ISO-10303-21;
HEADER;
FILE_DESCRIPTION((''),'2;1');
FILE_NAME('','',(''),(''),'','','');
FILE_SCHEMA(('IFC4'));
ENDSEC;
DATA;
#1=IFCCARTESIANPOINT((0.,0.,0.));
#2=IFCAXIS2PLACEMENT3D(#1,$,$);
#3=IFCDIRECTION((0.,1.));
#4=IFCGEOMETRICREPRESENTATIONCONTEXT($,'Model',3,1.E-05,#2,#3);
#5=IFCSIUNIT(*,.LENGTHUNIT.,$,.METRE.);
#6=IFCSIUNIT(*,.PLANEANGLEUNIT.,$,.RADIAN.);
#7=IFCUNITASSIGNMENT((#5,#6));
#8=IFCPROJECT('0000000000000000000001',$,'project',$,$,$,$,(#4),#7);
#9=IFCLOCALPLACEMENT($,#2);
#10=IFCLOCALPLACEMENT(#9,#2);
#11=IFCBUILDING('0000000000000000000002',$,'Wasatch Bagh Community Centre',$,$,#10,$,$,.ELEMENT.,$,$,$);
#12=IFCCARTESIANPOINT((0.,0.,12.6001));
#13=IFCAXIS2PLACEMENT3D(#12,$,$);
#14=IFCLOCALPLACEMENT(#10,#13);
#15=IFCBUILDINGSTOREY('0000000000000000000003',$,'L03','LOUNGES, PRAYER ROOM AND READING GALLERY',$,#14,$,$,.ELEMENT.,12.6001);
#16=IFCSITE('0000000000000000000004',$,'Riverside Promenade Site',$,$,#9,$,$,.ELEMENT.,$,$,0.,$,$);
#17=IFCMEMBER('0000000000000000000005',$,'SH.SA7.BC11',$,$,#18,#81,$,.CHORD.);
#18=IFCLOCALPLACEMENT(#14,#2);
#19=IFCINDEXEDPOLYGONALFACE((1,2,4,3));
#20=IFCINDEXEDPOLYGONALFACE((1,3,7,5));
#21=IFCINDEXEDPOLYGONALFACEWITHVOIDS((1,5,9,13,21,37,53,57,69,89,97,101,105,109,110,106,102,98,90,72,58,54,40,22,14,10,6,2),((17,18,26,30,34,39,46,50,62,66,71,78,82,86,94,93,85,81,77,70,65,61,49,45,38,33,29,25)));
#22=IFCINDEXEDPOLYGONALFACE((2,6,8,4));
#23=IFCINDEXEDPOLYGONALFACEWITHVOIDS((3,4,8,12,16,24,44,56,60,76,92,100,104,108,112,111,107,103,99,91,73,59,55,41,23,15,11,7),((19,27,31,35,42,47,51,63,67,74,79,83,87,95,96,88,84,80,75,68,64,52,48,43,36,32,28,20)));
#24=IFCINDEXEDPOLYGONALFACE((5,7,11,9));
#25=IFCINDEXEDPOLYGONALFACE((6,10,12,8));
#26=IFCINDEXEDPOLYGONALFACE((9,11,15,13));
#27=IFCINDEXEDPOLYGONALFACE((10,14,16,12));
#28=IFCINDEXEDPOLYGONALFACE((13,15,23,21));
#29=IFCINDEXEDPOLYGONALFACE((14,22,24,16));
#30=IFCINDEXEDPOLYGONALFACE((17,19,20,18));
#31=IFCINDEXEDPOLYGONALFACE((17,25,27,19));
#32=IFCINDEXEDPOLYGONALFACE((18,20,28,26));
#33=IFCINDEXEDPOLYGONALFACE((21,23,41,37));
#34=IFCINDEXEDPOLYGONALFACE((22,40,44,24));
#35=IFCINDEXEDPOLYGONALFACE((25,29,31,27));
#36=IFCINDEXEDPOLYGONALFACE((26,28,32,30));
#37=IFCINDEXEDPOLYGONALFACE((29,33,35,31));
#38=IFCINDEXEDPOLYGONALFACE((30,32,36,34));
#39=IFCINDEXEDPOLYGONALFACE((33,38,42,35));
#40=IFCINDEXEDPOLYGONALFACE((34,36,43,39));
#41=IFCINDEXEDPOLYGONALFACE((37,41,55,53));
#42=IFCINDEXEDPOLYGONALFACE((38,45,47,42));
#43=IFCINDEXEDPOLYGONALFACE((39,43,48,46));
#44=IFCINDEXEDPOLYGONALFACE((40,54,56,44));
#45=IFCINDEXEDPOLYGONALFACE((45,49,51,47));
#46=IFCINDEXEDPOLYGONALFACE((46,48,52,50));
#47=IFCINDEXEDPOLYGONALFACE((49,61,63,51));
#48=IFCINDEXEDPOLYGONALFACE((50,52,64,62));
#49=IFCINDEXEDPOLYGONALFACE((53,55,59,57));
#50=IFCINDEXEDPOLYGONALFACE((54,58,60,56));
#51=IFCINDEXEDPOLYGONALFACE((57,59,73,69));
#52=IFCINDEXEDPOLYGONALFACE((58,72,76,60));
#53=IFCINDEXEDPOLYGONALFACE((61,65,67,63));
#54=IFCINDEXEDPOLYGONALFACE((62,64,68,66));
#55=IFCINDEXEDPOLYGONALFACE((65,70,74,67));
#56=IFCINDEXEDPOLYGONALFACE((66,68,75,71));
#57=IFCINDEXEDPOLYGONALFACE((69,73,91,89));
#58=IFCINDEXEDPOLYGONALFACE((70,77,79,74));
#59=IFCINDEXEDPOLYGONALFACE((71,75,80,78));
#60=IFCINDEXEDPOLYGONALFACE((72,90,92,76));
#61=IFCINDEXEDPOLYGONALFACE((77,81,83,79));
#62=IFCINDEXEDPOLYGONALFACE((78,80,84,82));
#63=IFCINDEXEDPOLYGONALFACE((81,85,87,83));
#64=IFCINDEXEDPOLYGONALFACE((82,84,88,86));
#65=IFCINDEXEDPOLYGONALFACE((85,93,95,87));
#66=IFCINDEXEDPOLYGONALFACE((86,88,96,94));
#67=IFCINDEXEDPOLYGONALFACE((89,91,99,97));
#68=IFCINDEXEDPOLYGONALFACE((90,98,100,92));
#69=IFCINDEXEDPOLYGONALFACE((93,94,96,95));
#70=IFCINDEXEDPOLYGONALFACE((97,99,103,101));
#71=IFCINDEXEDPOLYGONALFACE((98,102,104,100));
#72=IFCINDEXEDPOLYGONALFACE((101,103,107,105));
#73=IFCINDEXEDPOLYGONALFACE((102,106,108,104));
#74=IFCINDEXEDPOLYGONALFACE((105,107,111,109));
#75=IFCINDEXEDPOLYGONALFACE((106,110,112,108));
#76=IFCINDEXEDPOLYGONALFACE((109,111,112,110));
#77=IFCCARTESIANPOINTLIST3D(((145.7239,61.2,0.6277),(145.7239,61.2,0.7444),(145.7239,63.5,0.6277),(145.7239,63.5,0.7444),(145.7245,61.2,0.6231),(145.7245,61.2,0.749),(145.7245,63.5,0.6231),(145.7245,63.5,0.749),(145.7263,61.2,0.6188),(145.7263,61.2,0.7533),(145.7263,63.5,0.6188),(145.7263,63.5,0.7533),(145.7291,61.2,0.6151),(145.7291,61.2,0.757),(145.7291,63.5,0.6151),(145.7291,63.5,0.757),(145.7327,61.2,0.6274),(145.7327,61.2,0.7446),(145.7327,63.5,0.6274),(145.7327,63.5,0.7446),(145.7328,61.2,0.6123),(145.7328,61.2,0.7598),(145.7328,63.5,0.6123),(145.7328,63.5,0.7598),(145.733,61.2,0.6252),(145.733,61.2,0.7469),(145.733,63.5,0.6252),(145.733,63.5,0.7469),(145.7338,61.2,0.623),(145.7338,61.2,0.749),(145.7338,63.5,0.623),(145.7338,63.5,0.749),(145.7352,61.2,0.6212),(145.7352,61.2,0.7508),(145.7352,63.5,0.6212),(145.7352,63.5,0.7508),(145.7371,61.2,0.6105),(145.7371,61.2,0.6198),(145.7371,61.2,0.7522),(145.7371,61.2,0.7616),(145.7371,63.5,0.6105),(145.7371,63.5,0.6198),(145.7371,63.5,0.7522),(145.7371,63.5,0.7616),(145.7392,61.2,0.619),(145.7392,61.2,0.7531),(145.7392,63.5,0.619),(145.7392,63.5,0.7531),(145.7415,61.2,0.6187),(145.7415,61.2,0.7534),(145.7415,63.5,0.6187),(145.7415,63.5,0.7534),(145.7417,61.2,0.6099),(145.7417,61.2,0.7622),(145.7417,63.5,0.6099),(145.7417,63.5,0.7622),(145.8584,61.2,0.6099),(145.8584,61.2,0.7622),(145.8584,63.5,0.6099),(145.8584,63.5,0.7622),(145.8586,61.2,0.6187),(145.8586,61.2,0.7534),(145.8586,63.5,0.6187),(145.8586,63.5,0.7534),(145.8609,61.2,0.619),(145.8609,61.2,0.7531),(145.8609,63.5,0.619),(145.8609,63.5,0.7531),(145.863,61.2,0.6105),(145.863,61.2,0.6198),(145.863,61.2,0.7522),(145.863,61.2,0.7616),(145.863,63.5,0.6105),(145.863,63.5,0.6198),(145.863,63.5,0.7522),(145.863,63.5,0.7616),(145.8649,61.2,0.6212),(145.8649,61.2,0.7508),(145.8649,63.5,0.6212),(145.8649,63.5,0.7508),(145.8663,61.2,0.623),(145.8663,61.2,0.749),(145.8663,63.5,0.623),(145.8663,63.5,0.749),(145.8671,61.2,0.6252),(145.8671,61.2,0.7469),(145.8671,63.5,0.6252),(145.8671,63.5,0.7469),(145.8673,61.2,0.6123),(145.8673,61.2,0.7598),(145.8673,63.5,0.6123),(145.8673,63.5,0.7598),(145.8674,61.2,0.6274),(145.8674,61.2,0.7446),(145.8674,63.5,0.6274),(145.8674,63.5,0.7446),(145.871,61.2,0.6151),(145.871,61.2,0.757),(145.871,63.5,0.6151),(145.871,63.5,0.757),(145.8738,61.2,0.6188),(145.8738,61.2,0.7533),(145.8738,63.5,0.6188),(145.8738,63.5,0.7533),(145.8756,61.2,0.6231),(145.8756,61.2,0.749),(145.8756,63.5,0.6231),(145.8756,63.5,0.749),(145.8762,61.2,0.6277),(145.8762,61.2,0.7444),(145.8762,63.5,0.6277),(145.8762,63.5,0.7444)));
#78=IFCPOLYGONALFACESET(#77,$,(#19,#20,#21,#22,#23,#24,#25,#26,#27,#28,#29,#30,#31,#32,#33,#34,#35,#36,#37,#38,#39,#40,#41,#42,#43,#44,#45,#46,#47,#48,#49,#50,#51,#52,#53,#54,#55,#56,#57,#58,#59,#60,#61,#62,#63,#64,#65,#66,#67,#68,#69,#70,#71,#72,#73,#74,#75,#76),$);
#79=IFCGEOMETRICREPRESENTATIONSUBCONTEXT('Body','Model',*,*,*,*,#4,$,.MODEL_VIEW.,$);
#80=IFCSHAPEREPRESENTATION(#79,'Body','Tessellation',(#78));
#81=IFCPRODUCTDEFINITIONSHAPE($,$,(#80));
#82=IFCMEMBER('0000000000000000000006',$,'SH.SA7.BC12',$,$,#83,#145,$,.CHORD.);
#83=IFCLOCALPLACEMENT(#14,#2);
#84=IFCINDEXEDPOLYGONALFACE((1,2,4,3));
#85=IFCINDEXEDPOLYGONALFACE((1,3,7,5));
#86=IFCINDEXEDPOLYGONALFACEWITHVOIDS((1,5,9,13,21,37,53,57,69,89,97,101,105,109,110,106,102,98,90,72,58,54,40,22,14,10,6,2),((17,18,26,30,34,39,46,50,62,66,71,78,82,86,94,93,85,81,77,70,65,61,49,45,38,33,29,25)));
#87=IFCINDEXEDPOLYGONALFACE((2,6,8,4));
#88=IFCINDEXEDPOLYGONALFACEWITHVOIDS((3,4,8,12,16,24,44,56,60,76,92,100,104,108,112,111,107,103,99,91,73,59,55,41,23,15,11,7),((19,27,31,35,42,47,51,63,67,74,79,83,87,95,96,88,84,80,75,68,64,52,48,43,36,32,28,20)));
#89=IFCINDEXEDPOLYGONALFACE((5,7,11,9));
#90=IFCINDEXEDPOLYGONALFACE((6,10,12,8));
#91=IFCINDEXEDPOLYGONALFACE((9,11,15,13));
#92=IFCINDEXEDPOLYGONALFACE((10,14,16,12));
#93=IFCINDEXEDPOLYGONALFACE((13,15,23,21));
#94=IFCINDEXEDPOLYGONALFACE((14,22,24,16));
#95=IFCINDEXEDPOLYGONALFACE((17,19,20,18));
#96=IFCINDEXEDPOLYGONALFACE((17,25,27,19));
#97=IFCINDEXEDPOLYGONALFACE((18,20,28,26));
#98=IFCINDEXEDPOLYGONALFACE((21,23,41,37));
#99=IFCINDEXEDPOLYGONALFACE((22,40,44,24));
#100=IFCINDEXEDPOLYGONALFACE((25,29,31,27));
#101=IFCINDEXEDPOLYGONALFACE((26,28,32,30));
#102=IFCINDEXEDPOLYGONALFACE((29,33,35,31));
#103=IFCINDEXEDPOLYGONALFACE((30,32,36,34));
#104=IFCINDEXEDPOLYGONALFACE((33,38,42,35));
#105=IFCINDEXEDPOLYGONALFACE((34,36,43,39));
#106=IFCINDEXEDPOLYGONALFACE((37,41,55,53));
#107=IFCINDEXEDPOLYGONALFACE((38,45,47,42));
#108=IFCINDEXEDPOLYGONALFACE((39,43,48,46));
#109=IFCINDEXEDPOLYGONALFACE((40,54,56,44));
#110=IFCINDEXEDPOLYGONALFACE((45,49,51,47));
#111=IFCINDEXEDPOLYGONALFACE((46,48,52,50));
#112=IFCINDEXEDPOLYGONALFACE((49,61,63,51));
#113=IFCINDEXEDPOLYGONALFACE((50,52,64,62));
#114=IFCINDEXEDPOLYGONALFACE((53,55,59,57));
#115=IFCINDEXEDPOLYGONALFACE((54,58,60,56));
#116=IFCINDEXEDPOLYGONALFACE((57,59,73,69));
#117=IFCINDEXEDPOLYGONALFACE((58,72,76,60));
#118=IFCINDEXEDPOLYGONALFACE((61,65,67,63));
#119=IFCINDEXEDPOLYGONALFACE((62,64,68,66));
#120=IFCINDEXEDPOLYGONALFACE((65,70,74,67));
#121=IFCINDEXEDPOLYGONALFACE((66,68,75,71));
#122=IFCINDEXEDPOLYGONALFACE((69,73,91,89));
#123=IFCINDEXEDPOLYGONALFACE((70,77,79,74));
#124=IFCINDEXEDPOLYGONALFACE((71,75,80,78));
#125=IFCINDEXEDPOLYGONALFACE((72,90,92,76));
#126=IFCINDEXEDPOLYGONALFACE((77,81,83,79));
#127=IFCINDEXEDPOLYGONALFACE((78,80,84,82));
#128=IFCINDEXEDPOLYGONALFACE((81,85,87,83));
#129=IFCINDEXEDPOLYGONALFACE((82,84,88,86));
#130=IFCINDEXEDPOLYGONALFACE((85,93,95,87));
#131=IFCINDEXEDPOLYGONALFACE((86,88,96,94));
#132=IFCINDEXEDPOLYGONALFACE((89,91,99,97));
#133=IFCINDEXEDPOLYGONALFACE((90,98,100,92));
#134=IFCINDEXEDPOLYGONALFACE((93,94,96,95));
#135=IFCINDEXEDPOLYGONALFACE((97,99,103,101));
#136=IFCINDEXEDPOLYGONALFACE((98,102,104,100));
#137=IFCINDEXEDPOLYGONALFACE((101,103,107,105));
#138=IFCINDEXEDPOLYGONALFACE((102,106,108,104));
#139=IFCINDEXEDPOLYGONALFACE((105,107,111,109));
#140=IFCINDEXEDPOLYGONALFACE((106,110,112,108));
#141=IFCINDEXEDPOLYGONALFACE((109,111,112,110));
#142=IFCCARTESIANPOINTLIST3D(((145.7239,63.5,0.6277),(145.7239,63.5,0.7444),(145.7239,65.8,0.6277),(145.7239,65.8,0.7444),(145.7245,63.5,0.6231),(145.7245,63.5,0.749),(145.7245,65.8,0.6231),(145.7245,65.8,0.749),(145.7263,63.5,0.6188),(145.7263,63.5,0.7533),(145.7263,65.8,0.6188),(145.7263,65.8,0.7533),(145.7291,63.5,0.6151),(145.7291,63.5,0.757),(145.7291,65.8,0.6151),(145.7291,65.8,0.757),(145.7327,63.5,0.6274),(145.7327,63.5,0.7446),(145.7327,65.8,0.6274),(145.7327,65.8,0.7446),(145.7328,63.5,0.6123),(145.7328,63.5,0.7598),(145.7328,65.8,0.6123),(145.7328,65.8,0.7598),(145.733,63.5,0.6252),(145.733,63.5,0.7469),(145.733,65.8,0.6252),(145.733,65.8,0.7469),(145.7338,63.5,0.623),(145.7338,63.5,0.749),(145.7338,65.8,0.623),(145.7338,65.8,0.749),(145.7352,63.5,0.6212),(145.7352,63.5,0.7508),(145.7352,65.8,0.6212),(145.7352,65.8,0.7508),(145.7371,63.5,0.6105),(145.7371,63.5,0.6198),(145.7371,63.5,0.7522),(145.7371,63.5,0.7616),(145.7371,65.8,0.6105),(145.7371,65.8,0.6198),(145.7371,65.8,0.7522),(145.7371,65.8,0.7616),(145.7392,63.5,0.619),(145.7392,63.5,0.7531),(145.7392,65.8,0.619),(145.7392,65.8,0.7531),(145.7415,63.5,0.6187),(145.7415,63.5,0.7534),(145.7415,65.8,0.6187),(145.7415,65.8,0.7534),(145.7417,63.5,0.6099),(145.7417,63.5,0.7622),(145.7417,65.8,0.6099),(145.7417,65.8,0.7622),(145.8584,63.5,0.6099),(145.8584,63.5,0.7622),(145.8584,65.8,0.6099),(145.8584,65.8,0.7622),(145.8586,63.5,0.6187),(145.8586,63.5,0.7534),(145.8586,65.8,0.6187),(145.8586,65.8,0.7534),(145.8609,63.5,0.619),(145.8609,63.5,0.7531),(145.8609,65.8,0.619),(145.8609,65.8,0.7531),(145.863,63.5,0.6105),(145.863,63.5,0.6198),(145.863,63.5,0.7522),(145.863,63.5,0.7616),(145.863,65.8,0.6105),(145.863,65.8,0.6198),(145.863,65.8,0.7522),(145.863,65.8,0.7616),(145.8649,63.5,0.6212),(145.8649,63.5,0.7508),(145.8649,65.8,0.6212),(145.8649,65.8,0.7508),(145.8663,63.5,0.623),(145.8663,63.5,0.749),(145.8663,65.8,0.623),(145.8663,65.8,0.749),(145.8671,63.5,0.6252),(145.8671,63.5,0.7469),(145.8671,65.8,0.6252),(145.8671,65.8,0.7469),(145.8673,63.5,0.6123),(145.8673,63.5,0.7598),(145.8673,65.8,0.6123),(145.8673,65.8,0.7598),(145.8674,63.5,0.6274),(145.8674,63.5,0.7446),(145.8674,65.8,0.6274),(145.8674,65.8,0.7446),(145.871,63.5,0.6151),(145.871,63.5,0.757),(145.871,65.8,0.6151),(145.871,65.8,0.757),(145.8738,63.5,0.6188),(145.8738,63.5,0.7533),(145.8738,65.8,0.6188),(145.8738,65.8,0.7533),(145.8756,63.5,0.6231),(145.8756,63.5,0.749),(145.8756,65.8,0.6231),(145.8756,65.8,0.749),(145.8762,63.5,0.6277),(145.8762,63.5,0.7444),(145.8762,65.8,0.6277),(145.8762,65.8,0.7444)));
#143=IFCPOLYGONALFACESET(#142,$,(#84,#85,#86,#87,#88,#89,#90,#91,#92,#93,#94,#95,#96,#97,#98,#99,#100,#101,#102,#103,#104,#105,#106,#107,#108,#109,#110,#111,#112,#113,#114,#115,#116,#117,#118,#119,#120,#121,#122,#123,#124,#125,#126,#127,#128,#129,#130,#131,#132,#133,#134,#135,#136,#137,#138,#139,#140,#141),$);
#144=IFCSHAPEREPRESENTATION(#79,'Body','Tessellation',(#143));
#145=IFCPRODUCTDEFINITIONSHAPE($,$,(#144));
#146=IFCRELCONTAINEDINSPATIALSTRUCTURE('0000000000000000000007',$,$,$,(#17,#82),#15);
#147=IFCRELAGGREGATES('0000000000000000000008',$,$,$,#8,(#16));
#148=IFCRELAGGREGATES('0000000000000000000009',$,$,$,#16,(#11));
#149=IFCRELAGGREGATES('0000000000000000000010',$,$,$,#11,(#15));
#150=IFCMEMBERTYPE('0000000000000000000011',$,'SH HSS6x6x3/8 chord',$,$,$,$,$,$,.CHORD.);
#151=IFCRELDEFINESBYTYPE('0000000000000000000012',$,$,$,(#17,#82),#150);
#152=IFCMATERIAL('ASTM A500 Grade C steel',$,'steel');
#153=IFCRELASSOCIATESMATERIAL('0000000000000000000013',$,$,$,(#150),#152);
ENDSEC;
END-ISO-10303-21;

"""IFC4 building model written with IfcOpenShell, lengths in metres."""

from ifc_helpers import new_model, si_unit, direction, frame, origin, origin_2d, place, context, subcontext, project, spatial, hollow_rectangle, extrude, material, material_profile, profile_set, type_object, element, save


model = new_model("IFC4")

# Units and contexts
model_context = context("Model", 3, precision=1e-05, world=origin(), true_north=direction((0.0, 1.0)))
body_context = subcontext(model_context, "Body", "Model", "MODEL_VIEW")
ifc_project = project(units=[si_unit("LENGTHUNIT", "METRE"), si_unit("PLANEANGLEUNIT", "RADIAN")], contexts=[model_context])

# Site, building, storey
site_placement = place(None, origin())
site = spatial("IfcSite", under=ifc_project, at=site_placement, Name="Riverside Promenade Site", CompositionType="ELEMENT", RefElevation=0.0)
building_placement = place(site_placement, origin())
building = spatial("IfcBuilding", under=site, at=building_placement, Name="Wasatch Bagh Community Centre", CompositionType="ELEMENT")
storey_placement = place(building_placement, frame((0.0, 0.0, 12.6001)))
storey = spatial("IfcBuildingStorey", under=building, at=storey_placement, Name="L03", Description="LOUNGES, PRAYER ROOM AND READING GALLERY", CompositionType="ELEMENT", Elevation=12.6001)

# Members
ifc_material_1 = material(Name="ASTM A500 Grade C steel", Category="steel")
ifc_material_profile_1 = material_profile(ifc_material_1, hollow_rectangle(XDim=0.1523, YDim=0.1523, WallThickness=0.0088, InnerFilletRadius=0.0088, OuterFilletRadius=0.0178, at=origin_2d()), Name="HSS6x6x3/8")
ifc_profile_set_1 = profile_set([ifc_material_profile_1], Name="ASTM A500 Grade C steel")
member_type_1 = type_object("IfcMemberType", Name="SH HSS6x6x3/8 chord", PredefinedType="CHORD", material=ifc_profile_set_1)
for number, where, z_axis, x_axis, name in (
    (1, (145.8, 61.2, 0.686), (0.0, 1.0, 0.0), (-1.0, 0.0, 0.0), "SH.SA7.BC11"),
    (2, (145.8, 63.5, 0.686), (0.0, 1.0, 0.0), (-1.0, 0.0, 0.0), "SH.SA7.BC12"),
):
    element("IfcMember", number, at=place(storey_placement, frame(where, z_axis=z_axis, x_axis=x_axis)), inside=storey, type_object=member_type_1, Name=name, PredefinedType="CHORD", context=body_context, shape_type="SweptSolid", body=[
        extrude(hollow_rectangle(XDim=0.1523, YDim=0.1523, WallThickness=0.0088, InnerFilletRadius=0.0088, OuterFilletRadius=0.0178, at=origin_2d()), origin(), (0.0, 0.0, 1.0), 2.3),
    ])

save(model, "model.ifc")
